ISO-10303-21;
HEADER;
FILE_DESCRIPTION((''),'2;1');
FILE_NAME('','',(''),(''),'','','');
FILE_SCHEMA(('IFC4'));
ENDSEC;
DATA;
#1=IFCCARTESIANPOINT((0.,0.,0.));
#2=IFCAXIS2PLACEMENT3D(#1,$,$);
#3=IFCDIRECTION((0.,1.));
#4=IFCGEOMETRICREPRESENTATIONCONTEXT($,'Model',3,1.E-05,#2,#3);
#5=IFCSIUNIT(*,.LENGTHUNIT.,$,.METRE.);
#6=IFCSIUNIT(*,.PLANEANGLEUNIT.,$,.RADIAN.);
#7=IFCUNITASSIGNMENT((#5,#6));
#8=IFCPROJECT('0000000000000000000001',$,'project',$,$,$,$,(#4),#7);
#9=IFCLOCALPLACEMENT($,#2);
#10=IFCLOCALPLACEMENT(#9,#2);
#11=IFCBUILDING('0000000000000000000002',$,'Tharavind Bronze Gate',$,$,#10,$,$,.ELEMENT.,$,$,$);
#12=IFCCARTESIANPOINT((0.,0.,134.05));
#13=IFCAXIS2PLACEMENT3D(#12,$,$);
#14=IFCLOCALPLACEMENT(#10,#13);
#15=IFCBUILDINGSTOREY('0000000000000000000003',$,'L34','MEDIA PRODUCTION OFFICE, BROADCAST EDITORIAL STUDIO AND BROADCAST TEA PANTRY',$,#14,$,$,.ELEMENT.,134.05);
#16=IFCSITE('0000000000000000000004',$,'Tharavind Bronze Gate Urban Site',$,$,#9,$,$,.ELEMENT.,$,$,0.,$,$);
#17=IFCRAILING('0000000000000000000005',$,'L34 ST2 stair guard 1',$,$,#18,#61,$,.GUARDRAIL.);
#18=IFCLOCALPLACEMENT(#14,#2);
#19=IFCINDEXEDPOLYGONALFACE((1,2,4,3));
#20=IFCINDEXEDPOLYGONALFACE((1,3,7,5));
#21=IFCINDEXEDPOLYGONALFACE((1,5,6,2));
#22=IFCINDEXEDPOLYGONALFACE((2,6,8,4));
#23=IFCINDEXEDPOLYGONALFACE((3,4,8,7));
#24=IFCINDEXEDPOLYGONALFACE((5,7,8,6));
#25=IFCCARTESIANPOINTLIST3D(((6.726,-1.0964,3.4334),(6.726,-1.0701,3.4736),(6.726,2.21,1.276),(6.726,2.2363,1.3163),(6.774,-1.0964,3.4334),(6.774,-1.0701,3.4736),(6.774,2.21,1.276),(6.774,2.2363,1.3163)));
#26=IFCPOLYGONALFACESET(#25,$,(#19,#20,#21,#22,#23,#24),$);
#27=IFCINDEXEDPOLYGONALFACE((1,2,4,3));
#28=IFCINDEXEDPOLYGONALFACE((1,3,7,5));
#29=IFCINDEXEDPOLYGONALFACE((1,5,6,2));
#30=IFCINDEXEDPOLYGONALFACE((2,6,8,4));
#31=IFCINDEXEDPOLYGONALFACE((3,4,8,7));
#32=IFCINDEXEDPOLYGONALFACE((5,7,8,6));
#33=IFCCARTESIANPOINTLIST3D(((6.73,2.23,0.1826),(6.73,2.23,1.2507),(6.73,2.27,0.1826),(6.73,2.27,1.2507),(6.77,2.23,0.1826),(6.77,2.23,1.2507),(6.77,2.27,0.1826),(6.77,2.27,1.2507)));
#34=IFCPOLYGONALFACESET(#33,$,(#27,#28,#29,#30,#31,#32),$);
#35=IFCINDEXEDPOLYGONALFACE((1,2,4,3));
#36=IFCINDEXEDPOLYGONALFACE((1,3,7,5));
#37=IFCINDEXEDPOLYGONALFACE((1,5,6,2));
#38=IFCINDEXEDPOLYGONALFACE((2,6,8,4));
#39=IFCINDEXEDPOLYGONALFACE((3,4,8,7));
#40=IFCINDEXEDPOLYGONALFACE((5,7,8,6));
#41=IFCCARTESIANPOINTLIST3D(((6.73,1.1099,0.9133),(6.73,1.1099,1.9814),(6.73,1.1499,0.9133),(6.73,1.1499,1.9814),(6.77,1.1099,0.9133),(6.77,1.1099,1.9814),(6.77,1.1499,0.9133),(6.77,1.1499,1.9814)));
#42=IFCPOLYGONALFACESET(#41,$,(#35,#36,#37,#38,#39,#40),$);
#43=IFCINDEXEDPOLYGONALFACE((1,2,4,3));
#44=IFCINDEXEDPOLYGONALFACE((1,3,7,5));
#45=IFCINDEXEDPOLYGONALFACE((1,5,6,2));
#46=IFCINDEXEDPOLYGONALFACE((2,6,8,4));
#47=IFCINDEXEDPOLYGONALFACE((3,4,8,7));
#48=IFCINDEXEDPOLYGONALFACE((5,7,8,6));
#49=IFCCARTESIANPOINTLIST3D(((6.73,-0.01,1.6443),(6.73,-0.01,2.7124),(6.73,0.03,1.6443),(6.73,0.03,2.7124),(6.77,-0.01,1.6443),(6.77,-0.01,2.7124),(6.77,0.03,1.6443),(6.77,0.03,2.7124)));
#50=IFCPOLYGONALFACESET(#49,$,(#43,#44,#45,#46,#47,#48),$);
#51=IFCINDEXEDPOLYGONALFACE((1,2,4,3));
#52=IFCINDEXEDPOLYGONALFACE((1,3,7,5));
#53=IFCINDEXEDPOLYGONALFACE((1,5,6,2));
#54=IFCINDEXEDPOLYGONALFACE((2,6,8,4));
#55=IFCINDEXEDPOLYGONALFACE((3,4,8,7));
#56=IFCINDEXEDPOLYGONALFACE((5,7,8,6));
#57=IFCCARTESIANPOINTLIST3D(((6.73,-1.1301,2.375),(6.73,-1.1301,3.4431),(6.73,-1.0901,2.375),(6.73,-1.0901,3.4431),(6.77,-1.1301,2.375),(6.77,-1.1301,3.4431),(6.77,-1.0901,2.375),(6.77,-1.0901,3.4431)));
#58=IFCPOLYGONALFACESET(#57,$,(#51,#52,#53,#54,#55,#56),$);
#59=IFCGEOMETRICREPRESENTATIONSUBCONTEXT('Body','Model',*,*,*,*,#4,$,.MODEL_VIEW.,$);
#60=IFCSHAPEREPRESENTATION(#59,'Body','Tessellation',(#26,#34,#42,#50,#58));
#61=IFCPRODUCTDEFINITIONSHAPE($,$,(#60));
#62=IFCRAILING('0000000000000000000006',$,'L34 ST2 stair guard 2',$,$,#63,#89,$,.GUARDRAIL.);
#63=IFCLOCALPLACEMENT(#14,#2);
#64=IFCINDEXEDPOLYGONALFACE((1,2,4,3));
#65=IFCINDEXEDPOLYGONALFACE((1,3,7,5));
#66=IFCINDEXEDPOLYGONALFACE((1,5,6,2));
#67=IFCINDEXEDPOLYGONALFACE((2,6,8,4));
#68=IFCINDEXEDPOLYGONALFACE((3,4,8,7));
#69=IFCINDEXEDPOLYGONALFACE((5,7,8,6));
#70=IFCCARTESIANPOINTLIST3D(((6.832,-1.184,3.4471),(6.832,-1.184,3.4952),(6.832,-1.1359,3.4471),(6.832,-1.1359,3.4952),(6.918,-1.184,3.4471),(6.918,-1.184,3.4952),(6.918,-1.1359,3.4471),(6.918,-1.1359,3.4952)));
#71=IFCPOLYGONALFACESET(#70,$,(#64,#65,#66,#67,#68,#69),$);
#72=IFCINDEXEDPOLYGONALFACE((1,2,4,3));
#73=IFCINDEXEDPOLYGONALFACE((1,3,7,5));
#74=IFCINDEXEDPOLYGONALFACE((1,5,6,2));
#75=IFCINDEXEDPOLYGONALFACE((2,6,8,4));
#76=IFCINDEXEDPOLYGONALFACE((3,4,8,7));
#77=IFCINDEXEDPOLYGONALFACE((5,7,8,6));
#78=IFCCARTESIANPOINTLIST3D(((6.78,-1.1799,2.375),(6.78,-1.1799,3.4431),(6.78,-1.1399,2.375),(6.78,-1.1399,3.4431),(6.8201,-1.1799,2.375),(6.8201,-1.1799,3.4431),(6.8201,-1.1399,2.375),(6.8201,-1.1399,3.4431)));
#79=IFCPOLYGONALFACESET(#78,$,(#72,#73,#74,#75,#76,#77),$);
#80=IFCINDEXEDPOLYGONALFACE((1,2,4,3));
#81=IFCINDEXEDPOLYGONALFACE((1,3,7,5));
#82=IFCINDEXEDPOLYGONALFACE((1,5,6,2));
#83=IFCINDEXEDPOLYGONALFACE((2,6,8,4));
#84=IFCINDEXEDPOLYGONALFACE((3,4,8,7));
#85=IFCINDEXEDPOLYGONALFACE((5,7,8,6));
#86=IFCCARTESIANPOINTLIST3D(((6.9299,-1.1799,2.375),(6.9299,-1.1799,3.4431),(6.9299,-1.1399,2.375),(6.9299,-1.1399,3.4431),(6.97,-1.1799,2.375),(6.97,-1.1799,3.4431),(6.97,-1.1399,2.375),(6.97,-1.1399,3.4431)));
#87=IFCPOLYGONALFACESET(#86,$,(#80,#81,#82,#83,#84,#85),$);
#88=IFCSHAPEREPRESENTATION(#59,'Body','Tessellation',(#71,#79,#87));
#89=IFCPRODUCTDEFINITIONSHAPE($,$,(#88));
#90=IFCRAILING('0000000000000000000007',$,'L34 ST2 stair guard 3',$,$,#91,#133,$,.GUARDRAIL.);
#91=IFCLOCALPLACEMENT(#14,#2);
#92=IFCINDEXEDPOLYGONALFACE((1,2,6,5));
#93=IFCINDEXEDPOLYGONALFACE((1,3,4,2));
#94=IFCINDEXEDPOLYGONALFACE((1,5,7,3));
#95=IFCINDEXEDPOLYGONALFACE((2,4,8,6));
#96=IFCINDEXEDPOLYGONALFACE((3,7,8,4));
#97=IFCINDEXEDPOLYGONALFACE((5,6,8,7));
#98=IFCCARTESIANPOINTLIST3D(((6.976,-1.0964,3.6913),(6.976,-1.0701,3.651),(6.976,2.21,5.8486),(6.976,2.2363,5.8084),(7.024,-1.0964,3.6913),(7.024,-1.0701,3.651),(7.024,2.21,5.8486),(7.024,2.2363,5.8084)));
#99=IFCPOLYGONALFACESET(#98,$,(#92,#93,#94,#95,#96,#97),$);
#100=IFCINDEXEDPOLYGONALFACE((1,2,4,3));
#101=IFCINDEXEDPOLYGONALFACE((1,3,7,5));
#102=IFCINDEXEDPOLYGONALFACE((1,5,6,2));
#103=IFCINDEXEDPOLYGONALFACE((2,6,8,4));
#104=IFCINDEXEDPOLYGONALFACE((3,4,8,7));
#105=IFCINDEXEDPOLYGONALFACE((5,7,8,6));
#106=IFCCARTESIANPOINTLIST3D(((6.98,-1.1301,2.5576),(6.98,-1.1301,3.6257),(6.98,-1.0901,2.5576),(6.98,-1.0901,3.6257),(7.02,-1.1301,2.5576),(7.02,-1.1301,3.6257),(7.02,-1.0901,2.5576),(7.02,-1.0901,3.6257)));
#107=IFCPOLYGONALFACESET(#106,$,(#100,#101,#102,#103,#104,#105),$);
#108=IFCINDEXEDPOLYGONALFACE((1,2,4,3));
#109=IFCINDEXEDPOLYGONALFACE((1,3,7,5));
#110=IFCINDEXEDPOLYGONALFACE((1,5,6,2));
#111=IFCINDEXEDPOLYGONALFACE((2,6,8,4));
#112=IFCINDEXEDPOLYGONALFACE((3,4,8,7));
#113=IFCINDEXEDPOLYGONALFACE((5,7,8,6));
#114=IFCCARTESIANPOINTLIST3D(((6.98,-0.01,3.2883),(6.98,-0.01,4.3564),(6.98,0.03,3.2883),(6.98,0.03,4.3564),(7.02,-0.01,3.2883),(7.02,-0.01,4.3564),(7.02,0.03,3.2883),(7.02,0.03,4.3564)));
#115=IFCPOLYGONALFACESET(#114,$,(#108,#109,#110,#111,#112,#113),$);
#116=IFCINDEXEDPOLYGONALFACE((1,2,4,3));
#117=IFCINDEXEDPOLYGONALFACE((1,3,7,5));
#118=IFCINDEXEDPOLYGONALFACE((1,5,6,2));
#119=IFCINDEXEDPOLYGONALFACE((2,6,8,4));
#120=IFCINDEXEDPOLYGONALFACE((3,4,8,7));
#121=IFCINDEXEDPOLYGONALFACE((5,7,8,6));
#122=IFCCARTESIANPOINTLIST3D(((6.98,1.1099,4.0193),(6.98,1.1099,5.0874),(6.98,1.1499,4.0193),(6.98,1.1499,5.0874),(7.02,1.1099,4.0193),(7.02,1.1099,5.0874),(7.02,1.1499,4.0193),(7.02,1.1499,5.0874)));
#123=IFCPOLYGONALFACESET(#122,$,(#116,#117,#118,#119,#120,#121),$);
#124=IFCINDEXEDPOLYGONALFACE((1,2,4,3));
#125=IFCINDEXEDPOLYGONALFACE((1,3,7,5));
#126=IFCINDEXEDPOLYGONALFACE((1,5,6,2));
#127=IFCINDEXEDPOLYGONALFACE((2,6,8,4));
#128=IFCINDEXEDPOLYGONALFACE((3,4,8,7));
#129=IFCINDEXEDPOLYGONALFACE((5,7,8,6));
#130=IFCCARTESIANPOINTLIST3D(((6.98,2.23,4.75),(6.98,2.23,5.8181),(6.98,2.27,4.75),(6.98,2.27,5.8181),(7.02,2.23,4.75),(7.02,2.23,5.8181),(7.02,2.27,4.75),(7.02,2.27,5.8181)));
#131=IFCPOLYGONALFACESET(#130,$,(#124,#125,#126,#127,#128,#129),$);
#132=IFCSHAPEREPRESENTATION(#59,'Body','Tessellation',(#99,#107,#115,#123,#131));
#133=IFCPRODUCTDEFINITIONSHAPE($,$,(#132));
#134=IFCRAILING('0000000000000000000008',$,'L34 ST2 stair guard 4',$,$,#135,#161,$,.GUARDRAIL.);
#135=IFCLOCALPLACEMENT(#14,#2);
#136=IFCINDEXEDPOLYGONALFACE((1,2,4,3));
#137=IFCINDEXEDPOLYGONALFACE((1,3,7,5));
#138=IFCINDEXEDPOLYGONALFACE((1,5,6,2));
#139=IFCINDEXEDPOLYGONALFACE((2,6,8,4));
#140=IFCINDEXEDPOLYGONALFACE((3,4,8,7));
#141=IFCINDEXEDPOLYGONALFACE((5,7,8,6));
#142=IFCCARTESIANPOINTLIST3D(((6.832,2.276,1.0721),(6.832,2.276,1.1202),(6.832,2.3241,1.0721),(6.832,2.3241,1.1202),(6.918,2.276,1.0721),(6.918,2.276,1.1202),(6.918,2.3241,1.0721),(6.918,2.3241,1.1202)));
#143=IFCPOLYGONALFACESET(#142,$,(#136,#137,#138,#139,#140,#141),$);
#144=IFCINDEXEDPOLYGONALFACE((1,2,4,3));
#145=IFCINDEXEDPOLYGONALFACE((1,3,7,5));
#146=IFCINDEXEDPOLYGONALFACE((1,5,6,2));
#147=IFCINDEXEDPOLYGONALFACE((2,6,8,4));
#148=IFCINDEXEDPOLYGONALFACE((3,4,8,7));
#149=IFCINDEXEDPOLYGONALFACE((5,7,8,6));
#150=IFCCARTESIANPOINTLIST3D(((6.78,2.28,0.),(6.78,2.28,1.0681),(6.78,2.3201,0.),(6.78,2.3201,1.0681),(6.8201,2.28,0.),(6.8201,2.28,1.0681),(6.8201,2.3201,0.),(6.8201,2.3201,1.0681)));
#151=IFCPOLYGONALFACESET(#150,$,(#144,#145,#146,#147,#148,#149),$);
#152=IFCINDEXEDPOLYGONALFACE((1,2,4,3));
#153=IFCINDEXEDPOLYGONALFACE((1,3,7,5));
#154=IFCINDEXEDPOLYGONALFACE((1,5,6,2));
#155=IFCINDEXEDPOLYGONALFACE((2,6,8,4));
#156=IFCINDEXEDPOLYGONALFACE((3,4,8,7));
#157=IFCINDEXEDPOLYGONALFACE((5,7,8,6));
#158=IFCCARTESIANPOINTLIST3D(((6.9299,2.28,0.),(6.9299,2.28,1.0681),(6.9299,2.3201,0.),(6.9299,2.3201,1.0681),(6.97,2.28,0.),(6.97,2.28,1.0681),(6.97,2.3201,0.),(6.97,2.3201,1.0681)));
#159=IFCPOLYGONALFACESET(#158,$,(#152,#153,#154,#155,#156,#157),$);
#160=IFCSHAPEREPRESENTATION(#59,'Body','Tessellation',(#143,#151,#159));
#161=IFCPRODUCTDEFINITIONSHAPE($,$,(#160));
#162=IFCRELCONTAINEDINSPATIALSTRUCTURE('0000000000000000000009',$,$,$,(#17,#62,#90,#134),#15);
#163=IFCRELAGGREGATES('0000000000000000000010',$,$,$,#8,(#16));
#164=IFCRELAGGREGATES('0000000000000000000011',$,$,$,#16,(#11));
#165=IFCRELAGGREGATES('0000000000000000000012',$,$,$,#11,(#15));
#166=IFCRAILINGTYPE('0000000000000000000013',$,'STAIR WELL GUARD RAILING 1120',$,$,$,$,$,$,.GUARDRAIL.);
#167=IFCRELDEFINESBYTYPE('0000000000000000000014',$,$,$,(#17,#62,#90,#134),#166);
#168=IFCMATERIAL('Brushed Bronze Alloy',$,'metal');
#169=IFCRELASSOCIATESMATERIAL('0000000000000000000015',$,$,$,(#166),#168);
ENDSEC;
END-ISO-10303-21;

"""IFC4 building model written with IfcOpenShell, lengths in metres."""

from ifc_helpers import new_model, si_unit, direction, frame, origin, origin_2d, place, context, subcontext, project, spatial, rectangle, extrude, material, type_object, element, save


model = new_model("IFC4")

# Units and contexts
model_context = context("Model", 3, precision=1e-05, world=origin(), true_north=direction((0.0, 1.0)))
body_context = subcontext(model_context, "Body", "Model", "MODEL_VIEW")
ifc_project = project(units=[si_unit("LENGTHUNIT", "METRE"), si_unit("PLANEANGLEUNIT", "RADIAN")], contexts=[model_context])

# Site, building, storey
site_placement = place(None, origin())
site = spatial("IfcSite", under=ifc_project, at=site_placement, Name="Tharavind Bronze Gate Urban Site", CompositionType="ELEMENT", RefElevation=0.0)
building_placement = place(site_placement, origin())
building = spatial("IfcBuilding", under=site, at=building_placement, Name="Tharavind Bronze Gate", CompositionType="ELEMENT")
storey_placement = place(building_placement, frame((0.0, 0.0, 134.05)))
storey = spatial("IfcBuildingStorey", under=building, at=storey_placement, Name="L34", Description="MEDIA PRODUCTION OFFICE, BROADCAST EDITORIAL STUDIO AND BROADCAST TEA PANTRY", CompositionType="ELEMENT", Elevation=134.05)

# Railings
ifc_material_1 = material(Name="Brushed Bronze Alloy", Category="metal")
railing_type_1 = type_object("IfcRailingType", Name="STAIR WELL GUARD RAILING 1120", PredefinedType="GUARDRAIL", material=ifc_material_1)
railing_1_placement = place(storey_placement, frame((6.75, 2.25, 0.1826)))
element("IfcRailing", 1, at=railing_1_placement, inside=storey, type_object=railing_type_1, Name="L34 ST2 stair guard 1", PredefinedType="GUARDRAIL", context=body_context, shape_type="SweptSolid", body=[
    extrude(rectangle(XDim=0.0481, YDim=0.0481, at=origin_2d()), frame((0.0, -0.0269, 1.1135), z_axis=(0.0, -0.837496, 0.546444), x_axis=(1.0, 0.0, 0.0)), (0.0, 0.0, 1.0), 3.948),
    extrude(rectangle(XDim=0.04, YDim=0.04, at=origin_2d()), origin(), (0.0, 0.0, 1.0), 1.0681),
    extrude(rectangle(XDim=0.04, YDim=0.04, at=origin_2d()), frame((0.0, -1.1201, 0.7307)), (0.0, 0.0, 1.0), 1.0681),
    extrude(rectangle(XDim=0.04, YDim=0.04, at=origin_2d()), frame((0.0, -2.24, 1.4617)), (0.0, 0.0, 1.0), 1.0681),
    extrude(rectangle(XDim=0.04, YDim=0.04, at=origin_2d()), frame((0.0, -3.3601, 2.1924)), (0.0, 0.0, 1.0), 1.0681),
])
railing_2_placement = place(storey_placement, frame((6.8, -1.1599, 2.375)))
element("IfcRailing", 2, at=railing_2_placement, inside=storey, type_object=railing_type_1, Name="L34 ST2 stair guard 2", PredefinedType="GUARDRAIL", context=body_context, shape_type="SweptSolid", body=[
    extrude(rectangle(XDim=0.0481, YDim=0.0481, at=origin_2d()), frame((0.032, 0.0, 1.0962), z_axis=(1.0, 0.0, 0.0), x_axis=(0.0, 1.0, 0.0)), (0.0, 0.0, 1.0), 0.0859),
    extrude(rectangle(XDim=0.04, YDim=0.04, at=origin_2d()), origin(), (0.0, 0.0, 1.0), 1.0681),
    extrude(rectangle(XDim=0.04, YDim=0.04, at=origin_2d()), frame((0.1499, 0.0, 0.0)), (0.0, 0.0, 1.0), 1.0681),
])
railing_3_placement = place(storey_placement, frame((7.0, -1.1101, 2.5576)))
element("IfcRailing", 3, at=railing_3_placement, inside=storey, type_object=railing_type_1, Name="L34 ST2 stair guard 3", PredefinedType="GUARDRAIL", context=body_context, shape_type="SweptSolid", body=[
    extrude(rectangle(XDim=0.0481, YDim=0.0481, at=origin_2d()), frame((0.0, 0.0269, 1.1135), z_axis=(0.0, 0.837496, 0.546444), x_axis=(-1.0, 0.0, 0.0)), (0.0, 0.0, 1.0), 3.948),
    extrude(rectangle(XDim=0.04, YDim=0.04, at=origin_2d()), origin(), (0.0, 0.0, 1.0), 1.0681),
    extrude(rectangle(XDim=0.04, YDim=0.04, at=origin_2d()), frame((0.0, 1.1201, 0.7307)), (0.0, 0.0, 1.0), 1.0681),
    extrude(rectangle(XDim=0.04, YDim=0.04, at=origin_2d()), frame((0.0, 2.24, 1.4617)), (0.0, 0.0, 1.0), 1.0681),
    extrude(rectangle(XDim=0.04, YDim=0.04, at=origin_2d()), frame((0.0, 3.3601, 2.1924)), (0.0, 0.0, 1.0), 1.0681),
])
railing_4_placement = place(storey_placement, frame((6.8, 2.3, 0.0)))
element("IfcRailing", 4, at=railing_4_placement, inside=storey, type_object=railing_type_1, Name="L34 ST2 stair guard 4", PredefinedType="GUARDRAIL", context=body_context, shape_type="SweptSolid", body=[
    extrude(rectangle(XDim=0.0481, YDim=0.0481, at=origin_2d()), frame((0.032, 0.0, 1.0962), z_axis=(1.0, 0.0, 0.0), x_axis=(0.0, 1.0, 0.0)), (0.0, 0.0, 1.0), 0.0859),
    extrude(rectangle(XDim=0.04, YDim=0.04, at=origin_2d()), origin(), (0.0, 0.0, 1.0), 1.0681),
    extrude(rectangle(XDim=0.04, YDim=0.04, at=origin_2d()), frame((0.1499, 0.0, 0.0)), (0.0, 0.0, 1.0), 1.0681),
])

save(model, "model.ifc")
